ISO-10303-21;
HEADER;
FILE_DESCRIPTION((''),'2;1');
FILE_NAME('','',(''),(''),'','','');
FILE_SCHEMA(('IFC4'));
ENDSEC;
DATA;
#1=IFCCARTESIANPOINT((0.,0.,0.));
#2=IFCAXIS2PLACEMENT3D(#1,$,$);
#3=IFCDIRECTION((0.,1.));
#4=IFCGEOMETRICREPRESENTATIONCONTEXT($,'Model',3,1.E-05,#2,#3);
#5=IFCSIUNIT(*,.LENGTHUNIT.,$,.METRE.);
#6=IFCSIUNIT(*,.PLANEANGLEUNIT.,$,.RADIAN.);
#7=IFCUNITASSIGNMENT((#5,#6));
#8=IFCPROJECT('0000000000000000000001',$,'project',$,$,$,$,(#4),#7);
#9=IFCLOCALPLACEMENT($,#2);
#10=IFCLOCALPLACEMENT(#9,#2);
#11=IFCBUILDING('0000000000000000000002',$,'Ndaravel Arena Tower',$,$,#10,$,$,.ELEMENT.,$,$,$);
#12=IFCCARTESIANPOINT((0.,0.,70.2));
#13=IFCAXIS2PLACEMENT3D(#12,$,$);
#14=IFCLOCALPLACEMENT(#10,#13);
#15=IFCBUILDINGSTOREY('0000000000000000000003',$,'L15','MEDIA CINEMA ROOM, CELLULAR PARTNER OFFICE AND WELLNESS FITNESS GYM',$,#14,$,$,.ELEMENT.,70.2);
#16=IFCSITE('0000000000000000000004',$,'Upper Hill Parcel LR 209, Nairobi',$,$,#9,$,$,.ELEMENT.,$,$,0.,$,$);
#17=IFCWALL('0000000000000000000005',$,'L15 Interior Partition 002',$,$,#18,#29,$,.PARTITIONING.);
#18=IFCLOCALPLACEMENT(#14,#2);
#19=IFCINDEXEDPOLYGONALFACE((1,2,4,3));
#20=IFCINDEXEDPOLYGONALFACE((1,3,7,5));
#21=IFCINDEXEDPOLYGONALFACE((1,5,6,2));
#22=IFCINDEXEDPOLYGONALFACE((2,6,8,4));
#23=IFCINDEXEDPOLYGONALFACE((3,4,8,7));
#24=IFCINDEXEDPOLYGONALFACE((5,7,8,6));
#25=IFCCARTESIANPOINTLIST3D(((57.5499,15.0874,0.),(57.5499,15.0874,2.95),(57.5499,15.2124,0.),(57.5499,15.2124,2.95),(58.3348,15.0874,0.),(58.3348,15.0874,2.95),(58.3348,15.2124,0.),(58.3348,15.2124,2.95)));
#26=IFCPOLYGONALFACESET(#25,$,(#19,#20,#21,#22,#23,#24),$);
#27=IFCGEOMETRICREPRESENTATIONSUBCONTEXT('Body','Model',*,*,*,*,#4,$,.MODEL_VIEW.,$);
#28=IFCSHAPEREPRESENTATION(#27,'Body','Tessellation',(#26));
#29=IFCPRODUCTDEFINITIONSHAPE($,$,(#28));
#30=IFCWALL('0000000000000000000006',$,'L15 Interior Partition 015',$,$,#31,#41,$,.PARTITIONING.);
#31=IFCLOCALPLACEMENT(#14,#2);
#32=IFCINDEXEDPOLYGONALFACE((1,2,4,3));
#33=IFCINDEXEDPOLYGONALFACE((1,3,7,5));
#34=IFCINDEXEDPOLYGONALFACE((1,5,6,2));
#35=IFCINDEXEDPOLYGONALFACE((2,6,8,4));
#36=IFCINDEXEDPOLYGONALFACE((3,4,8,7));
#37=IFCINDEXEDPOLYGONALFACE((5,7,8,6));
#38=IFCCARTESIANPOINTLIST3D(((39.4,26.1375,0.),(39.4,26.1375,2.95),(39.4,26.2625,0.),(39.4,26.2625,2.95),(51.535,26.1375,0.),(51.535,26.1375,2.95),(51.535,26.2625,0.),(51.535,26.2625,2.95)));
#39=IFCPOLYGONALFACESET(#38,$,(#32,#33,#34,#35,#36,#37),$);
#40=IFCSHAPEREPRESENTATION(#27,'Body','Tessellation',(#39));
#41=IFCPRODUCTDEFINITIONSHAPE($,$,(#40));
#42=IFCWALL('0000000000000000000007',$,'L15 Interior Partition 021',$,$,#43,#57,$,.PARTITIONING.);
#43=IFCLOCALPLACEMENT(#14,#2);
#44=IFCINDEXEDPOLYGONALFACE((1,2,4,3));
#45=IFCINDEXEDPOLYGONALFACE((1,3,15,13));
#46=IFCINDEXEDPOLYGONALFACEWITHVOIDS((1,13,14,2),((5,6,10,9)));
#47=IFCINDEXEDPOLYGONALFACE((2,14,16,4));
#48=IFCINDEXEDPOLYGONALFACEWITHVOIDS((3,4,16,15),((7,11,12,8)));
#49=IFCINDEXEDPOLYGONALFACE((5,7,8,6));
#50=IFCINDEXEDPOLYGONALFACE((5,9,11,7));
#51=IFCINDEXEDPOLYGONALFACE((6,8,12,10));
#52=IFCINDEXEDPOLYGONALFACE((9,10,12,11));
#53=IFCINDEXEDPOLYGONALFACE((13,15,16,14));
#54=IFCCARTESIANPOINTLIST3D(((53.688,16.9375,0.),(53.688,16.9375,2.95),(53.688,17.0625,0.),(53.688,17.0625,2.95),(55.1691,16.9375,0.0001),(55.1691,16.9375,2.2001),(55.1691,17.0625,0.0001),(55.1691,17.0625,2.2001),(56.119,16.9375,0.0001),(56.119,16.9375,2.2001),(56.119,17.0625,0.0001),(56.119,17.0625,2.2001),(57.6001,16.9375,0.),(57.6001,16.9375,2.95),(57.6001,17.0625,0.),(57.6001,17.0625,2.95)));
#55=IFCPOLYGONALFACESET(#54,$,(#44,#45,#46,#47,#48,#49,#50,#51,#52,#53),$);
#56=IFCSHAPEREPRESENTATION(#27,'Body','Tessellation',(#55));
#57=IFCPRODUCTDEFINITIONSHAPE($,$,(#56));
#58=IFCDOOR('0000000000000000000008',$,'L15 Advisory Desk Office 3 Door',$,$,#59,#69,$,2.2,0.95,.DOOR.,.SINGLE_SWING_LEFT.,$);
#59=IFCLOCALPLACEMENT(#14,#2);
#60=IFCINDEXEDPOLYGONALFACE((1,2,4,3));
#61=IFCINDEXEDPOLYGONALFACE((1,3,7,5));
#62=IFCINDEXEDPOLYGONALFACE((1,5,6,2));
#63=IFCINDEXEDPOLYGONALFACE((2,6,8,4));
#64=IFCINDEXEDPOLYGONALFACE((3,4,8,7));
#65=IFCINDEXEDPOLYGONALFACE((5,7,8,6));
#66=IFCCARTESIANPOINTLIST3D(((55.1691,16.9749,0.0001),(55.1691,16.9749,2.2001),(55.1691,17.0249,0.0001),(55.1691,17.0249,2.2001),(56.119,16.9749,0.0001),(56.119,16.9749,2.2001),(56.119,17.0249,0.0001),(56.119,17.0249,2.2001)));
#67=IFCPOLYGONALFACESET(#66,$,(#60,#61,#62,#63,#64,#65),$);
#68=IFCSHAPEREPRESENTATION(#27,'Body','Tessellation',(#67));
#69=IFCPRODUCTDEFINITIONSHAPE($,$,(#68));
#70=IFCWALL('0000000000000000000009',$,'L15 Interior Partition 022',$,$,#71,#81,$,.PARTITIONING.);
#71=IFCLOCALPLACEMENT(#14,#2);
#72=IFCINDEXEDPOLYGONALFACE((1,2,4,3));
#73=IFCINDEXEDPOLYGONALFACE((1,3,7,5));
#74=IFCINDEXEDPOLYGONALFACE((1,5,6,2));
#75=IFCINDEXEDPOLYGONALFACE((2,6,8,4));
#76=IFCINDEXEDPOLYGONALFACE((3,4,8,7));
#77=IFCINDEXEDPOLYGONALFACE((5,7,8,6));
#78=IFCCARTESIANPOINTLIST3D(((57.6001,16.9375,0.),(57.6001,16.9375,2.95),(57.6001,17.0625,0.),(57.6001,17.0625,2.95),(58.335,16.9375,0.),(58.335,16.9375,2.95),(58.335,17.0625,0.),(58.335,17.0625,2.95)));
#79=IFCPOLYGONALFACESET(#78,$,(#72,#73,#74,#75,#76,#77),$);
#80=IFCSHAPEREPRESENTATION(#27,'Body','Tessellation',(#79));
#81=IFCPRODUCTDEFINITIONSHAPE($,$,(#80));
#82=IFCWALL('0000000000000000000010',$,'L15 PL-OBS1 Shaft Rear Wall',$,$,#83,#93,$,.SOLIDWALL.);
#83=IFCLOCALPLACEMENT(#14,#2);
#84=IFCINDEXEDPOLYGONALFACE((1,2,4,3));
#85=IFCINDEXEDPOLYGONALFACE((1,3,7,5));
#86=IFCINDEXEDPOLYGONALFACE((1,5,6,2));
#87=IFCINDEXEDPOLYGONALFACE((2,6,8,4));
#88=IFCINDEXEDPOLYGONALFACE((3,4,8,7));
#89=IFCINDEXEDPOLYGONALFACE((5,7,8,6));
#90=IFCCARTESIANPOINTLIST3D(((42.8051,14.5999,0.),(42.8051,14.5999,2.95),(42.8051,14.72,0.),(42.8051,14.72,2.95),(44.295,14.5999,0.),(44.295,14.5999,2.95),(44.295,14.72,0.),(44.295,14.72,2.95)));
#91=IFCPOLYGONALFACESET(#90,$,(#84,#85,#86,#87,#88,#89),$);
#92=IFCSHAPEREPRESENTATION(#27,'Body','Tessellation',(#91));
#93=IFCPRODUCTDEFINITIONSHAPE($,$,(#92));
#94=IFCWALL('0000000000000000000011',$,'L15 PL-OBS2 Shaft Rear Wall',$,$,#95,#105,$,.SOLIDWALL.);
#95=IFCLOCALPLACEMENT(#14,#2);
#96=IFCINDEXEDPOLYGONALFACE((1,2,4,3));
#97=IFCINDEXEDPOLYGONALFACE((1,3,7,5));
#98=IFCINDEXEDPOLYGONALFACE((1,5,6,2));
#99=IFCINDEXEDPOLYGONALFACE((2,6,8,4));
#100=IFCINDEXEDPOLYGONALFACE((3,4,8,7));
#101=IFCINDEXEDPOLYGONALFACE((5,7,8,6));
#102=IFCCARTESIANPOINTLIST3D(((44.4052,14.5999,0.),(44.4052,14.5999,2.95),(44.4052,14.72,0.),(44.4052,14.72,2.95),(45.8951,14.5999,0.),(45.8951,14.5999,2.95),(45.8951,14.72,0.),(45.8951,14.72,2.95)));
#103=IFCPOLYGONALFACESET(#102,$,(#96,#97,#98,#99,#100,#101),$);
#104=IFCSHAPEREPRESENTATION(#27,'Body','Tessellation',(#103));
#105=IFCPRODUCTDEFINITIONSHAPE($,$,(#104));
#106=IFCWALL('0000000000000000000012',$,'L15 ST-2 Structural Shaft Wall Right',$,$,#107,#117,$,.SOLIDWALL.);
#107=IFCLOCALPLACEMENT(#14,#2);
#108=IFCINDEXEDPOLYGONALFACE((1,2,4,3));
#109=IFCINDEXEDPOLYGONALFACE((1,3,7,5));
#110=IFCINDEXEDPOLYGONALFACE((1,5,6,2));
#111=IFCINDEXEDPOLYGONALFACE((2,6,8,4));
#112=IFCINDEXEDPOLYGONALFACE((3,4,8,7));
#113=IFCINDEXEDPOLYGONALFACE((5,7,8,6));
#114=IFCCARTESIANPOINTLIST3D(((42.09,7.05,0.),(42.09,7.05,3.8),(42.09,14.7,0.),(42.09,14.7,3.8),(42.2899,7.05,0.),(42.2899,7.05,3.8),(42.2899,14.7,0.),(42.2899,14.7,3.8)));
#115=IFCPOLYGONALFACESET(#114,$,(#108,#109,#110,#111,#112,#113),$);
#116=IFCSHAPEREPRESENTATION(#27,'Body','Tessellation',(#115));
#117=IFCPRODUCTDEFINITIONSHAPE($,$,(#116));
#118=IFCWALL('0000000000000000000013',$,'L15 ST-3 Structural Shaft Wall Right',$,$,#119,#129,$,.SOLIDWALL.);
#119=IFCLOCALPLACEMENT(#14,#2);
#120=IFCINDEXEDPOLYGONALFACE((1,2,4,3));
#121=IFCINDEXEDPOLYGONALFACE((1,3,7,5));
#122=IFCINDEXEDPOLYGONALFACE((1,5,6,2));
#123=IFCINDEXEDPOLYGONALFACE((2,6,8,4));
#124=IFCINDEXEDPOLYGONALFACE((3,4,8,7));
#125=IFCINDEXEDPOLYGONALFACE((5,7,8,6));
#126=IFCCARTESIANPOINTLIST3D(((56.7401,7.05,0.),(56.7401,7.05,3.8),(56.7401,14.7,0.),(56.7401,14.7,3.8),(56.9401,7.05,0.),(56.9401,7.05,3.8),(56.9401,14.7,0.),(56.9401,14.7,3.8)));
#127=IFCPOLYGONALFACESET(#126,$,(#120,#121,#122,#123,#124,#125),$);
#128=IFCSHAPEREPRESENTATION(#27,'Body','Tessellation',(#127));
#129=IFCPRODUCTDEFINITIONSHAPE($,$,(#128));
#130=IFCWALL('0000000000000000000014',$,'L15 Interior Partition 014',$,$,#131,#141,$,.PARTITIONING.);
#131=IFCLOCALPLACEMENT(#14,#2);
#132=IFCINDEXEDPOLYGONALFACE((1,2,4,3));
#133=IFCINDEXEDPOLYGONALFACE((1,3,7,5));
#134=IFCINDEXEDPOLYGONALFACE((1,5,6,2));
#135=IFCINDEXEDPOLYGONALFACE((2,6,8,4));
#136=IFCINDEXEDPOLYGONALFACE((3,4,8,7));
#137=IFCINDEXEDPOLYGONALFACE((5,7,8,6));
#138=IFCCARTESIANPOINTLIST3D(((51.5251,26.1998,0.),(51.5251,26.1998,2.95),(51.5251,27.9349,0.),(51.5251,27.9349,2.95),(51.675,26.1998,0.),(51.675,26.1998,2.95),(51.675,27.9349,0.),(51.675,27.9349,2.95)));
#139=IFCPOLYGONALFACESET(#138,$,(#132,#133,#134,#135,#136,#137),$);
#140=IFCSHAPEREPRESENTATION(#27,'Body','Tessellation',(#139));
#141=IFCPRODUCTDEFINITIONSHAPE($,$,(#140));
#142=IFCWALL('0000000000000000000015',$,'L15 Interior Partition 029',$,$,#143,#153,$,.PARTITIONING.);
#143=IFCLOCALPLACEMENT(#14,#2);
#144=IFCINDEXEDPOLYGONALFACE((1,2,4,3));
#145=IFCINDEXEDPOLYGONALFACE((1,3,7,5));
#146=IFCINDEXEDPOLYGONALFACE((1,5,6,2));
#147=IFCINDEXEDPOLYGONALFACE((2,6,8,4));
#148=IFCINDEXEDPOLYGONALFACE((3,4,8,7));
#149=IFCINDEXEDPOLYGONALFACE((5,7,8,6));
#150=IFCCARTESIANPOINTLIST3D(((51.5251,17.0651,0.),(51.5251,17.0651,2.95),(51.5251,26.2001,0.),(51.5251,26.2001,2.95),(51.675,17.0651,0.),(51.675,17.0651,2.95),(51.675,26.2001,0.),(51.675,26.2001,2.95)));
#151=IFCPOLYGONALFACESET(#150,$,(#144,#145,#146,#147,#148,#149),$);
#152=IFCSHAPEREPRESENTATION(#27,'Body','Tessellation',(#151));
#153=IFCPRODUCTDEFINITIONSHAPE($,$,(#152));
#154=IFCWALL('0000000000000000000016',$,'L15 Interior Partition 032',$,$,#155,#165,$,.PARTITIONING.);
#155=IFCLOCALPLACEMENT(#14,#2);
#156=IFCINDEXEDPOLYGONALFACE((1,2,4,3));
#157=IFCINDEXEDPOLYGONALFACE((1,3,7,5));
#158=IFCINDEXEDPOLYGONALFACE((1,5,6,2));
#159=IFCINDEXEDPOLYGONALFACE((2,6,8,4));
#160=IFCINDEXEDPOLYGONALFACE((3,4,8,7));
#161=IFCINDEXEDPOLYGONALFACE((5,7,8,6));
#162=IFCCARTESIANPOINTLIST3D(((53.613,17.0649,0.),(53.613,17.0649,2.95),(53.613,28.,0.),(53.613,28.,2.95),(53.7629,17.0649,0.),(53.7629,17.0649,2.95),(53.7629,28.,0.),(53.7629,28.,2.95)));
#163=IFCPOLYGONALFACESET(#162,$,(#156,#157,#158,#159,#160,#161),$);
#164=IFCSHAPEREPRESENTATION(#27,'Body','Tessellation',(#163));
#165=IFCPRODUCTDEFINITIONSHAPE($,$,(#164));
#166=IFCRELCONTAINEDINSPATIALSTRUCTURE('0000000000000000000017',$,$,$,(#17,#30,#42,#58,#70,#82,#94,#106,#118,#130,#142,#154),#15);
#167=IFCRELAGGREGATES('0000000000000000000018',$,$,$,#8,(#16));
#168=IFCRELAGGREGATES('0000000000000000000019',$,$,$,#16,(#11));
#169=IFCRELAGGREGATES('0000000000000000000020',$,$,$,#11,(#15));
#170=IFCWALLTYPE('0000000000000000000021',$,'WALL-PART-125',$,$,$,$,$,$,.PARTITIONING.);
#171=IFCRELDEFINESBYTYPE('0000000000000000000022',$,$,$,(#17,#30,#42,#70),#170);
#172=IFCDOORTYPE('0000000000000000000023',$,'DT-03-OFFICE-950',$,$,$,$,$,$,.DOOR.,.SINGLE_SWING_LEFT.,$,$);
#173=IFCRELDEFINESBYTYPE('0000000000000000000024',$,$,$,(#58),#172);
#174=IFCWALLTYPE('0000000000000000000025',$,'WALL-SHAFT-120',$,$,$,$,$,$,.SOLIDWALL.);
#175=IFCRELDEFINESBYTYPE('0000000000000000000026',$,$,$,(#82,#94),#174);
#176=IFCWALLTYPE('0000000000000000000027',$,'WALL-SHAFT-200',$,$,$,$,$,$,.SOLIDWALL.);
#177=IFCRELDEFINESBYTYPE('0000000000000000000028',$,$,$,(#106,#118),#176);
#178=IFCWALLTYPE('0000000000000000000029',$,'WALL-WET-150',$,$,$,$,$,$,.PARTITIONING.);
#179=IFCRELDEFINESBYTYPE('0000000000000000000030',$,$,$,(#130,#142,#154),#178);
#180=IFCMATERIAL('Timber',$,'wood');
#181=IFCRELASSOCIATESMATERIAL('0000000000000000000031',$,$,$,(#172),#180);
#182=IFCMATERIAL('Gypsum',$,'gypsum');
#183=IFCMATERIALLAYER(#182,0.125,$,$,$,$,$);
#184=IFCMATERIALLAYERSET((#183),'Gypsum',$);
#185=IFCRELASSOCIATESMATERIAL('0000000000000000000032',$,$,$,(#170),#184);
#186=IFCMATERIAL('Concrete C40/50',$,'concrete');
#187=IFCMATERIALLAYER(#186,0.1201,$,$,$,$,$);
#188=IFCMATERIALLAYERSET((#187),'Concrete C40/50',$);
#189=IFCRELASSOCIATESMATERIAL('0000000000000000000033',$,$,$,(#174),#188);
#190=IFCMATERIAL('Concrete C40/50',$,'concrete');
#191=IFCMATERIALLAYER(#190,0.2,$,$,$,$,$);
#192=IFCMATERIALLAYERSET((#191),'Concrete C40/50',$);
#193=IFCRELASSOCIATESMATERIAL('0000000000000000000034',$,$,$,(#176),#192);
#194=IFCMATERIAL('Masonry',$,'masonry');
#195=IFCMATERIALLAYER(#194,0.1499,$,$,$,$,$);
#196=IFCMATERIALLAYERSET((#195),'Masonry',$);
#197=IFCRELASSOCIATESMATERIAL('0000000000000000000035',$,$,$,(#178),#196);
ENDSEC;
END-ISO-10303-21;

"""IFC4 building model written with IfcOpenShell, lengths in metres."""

from ifc_helpers import new_model, si_unit, direction, frame, frame_2d, origin, place, context, subcontext, project, spatial, rectangle, extrude, material, layer, layer_set, type_object, element, fill, save


model = new_model("IFC4")

# Units and contexts
model_context = context("Model", 3, precision=1e-05, world=origin(), true_north=direction((0.0, 1.0)))
body_context = subcontext(model_context, "Body", "Model", "MODEL_VIEW")
ifc_project = project(units=[si_unit("LENGTHUNIT", "METRE"), si_unit("PLANEANGLEUNIT", "RADIAN")], contexts=[model_context])

# Site, building, storey
site_placement = place(None, origin())
site = spatial("IfcSite", under=ifc_project, at=site_placement, Name="Upper Hill Parcel LR 209, Nairobi", CompositionType="ELEMENT", RefElevation=0.0)
building_placement = place(site_placement, origin())
building = spatial("IfcBuilding", under=site, at=building_placement, Name="Ndaravel Arena Tower", CompositionType="ELEMENT")
storey_placement = place(building_placement, frame((0.0, 0.0, 70.2)))
storey = spatial("IfcBuildingStorey", under=building, at=storey_placement, Name="L15", Description="MEDIA CINEMA ROOM, CELLULAR PARTNER OFFICE AND WELLNESS FITNESS GYM", CompositionType="ELEMENT", Elevation=70.2)

# Shared definitions
ifc_material_1 = material(Name="Timber", Category="wood")
door_type_1 = type_object("IfcDoorType", Name="DT-03-OFFICE-950", OperationType="SINGLE_SWING_LEFT", PredefinedType="DOOR", material=ifc_material_1)

# Walls
ifc_material_2 = material(Name="Gypsum", Category="gypsum")
ifc_layer_1 = layer(ifc_material_2, 0.125)
ifc_layer_set_1 = layer_set([ifc_layer_1], Name="Gypsum")
wall_type_1 = type_object("IfcWallType", Name="WALL-PART-125", PredefinedType="PARTITIONING", material=ifc_layer_set_1)
wall_1_placement = place(storey_placement, frame((58.335, 15.1499, 0.0), z_axis=(0.0, 0.0, 1.0), x_axis=(-1.0, 0.0, 0.0)))
element("IfcWall", 1, at=wall_1_placement, inside=storey, type_object=wall_type_1, Name="L15 Interior Partition 002", PredefinedType="PARTITIONING", context=body_context, shape_type="SweptSolid", body=[
    extrude(rectangle(XDim=0.7849, YDim=0.125, at=frame_2d((0.3926, 0.0))), origin(), (0.0, 0.0, 1.0), 2.95),
])
wall_2_placement = place(storey_placement, frame((51.5349, 26.2, 0.0), z_axis=(0.0, 0.0, 1.0), x_axis=(-1.0, 0.0, 0.0)))
element("IfcWall", 2, at=wall_2_placement, inside=storey, type_object=wall_type_1, Name="L15 Interior Partition 015", PredefinedType="PARTITIONING", context=body_context, shape_type="SweptSolid", body=[
    extrude(rectangle(XDim=12.135, YDim=0.125, at=frame_2d((6.0674, 0.0))), origin(), (0.0, 0.0, 1.0), 2.95),
])

# Wall, opening, door
wall_3_placement = place(storey_placement, frame((53.688, 17.0, 0.0), z_axis=(0.0, 0.0, 1.0), x_axis=(1.0, 0.0, 0.0)))
wall_3 = element("IfcWall", 3, at=wall_3_placement, inside=storey, type_object=wall_type_1, Name="L15 Interior Partition 021", PredefinedType="PARTITIONING", context=body_context, shape_type="SweptSolid", body=[
    extrude(rectangle(XDim=3.9121, YDim=0.125, at=frame_2d((1.9561, 0.0))), origin(), (0.0, 0.0, 1.0), 2.95),
])
opening_1_placement = place(wall_3_placement, frame((1.481, 0.0, 0.0)))
opening_1 = element("IfcOpeningElement", 4, at=opening_1_placement, cuts=wall_3, PredefinedType="OPENING", context=body_context, shape_type="SweptSolid", body=[
    extrude(rectangle(XDim=0.95, YDim=2.2, at=frame_2d((0.4751, 1.1001))), frame((0.0, 0.0625, 0.0), z_axis=(0.0, -1.0, 0.0), x_axis=(1.0, 0.0, 0.0)), (0.0, 0.0, 1.0), 0.125),
])
door_1_placement = place(opening_1_placement, origin())
door_1 = element("IfcDoor", 5, at=door_1_placement, inside=storey, type_object=door_type_1, Name="L15 Advisory Desk Office 3 Door", OperationType="SINGLE_SWING_LEFT", OverallHeight=2.2, OverallWidth=0.95, PredefinedType="DOOR", context=body_context, shape_type="SweptSolid", body=[
    extrude(rectangle(XDim=0.95, YDim=2.2, at=frame_2d((0.4751, 1.1001))), frame((0.0, 0.0249, 0.0), z_axis=(0.0, -1.0, 0.0), x_axis=(1.0, 0.0, 0.0)), (0.0, 0.0, 1.0), 0.05),
])
fill(opening_1, door_1)

# Walls
wall_4_placement = place(storey_placement, frame((57.6001, 17.0, 0.0), z_axis=(0.0, 0.0, 1.0), x_axis=(1.0, 0.0, 0.0)))
element("IfcWall", 6, at=wall_4_placement, inside=storey, type_object=wall_type_1, Name="L15 Interior Partition 022", PredefinedType="PARTITIONING", context=body_context, shape_type="SweptSolid", body=[
    extrude(rectangle(XDim=0.7349, YDim=0.125, at=frame_2d((0.3674, 0.0))), origin(), (0.0, 0.0, 1.0), 2.95),
])
ifc_material_3 = material(Name="Concrete C40/50", Category="concrete")
ifc_layer_2 = layer(ifc_material_3, 0.1201)
ifc_layer_set_2 = layer_set([ifc_layer_2], Name="Concrete C40/50")
wall_type_2 = type_object("IfcWallType", Name="WALL-SHAFT-120", PredefinedType="SOLIDWALL", material=ifc_layer_set_2)
for number, where, z_axis, x_axis, name in (
    (7, (42.8049, 14.6599, 0.0), (0.0, 0.0, 1.0), (1.0, 0.0, 0.0), "L15 PL-OBS1 Shaft Rear Wall"),
    (8, (44.405, 14.6599, 0.0), (0.0, 0.0, 1.0), (1.0, 0.0, 0.0), "L15 PL-OBS2 Shaft Rear Wall"),
):
    element("IfcWall", number, at=place(storey_placement, frame(where, z_axis=z_axis, x_axis=x_axis)), inside=storey, type_object=wall_type_2, Name=name, PredefinedType="SOLIDWALL", context=body_context, shape_type="SweptSolid", body=[
        extrude(rectangle(XDim=1.49, YDim=0.1201, at=frame_2d((0.7451, 0.0))), origin(), (0.0, 0.0, 1.0), 2.95),
    ])
ifc_material_4 = material(Name="Concrete C40/50", Category="concrete")
ifc_layer_3 = layer(ifc_material_4, 0.2)
ifc_layer_set_3 = layer_set([ifc_layer_3], Name="Concrete C40/50")
wall_type_3 = type_object("IfcWallType", Name="WALL-SHAFT-200", PredefinedType="SOLIDWALL", material=ifc_layer_set_3)
for number, where, z_axis, x_axis, name in (
    (9, (42.1899, 14.7, 0.0), (0.0, 0.0, 1.0), (0.0, -1.0, 0.0), "L15 ST-2 Structural Shaft Wall Right"),
    (10, (56.8401, 14.7, 0.0), (0.0, 0.0, 1.0), (0.0, -1.0, 0.0), "L15 ST-3 Structural Shaft Wall Right"),
):
    element("IfcWall", number, at=place(storey_placement, frame(where, z_axis=z_axis, x_axis=x_axis)), inside=storey, type_object=wall_type_3, Name=name, PredefinedType="SOLIDWALL", context=body_context, shape_type="SweptSolid", body=[
        extrude(rectangle(XDim=7.6499, YDim=0.2, at=frame_2d((3.825, 0.0))), origin(), (0.0, 0.0, 1.0), 3.8),
    ])
ifc_material_5 = material(Name="Masonry", Category="masonry")
ifc_layer_4 = layer(ifc_material_5, 0.1499)
ifc_layer_set_4 = layer_set([ifc_layer_4], Name="Masonry")
wall_type_4 = type_object("IfcWallType", Name="WALL-WET-150", PredefinedType="PARTITIONING", material=ifc_layer_set_4)
wall_5_placement = place(storey_placement, frame((51.6001, 27.9351, 0.0), z_axis=(0.0, 0.0, 1.0), x_axis=(0.0, -1.0, 0.0)))
element("IfcWall", 11, at=wall_5_placement, inside=storey, type_object=wall_type_4, Name="L15 Interior Partition 014", PredefinedType="PARTITIONING", context=body_context, shape_type="SweptSolid", body=[
    extrude(rectangle(XDim=1.7351, YDim=0.1499, at=frame_2d((0.8677, 0.0))), origin(), (0.0, 0.0, 1.0), 2.95),
])

# Walls
wall_6_placement = place(storey_placement, frame((51.6001, 26.2, 0.0), z_axis=(0.0, 0.0, 1.0), x_axis=(0.0, -1.0, 0.0)))
element("IfcWall", 12, at=wall_6_placement, inside=storey, type_object=wall_type_4, Name="L15 Interior Partition 029", PredefinedType="PARTITIONING", context=body_context, shape_type="SweptSolid", body=[
    extrude(rectangle(XDim=9.135, YDim=0.1499, at=frame_2d((4.5674, 0.0))), origin(), (0.0, 0.0, 1.0), 2.95),
])
wall_7_placement = place(storey_placement, frame((53.688, 17.0649, 0.0), z_axis=(0.0, 0.0, 1.0), x_axis=(0.0, 1.0, 0.0)))
element("IfcWall", 13, at=wall_7_placement, inside=storey, type_object=wall_type_4, Name="L15 Interior Partition 032", PredefinedType="PARTITIONING", context=body_context, shape_type="SweptSolid", body=[
    extrude(rectangle(XDim=10.9351, YDim=0.1499, at=frame_2d((5.4675, 0.0))), origin(), (0.0, 0.0, 1.0), 2.95),
])

save(model, "model.ifc")
